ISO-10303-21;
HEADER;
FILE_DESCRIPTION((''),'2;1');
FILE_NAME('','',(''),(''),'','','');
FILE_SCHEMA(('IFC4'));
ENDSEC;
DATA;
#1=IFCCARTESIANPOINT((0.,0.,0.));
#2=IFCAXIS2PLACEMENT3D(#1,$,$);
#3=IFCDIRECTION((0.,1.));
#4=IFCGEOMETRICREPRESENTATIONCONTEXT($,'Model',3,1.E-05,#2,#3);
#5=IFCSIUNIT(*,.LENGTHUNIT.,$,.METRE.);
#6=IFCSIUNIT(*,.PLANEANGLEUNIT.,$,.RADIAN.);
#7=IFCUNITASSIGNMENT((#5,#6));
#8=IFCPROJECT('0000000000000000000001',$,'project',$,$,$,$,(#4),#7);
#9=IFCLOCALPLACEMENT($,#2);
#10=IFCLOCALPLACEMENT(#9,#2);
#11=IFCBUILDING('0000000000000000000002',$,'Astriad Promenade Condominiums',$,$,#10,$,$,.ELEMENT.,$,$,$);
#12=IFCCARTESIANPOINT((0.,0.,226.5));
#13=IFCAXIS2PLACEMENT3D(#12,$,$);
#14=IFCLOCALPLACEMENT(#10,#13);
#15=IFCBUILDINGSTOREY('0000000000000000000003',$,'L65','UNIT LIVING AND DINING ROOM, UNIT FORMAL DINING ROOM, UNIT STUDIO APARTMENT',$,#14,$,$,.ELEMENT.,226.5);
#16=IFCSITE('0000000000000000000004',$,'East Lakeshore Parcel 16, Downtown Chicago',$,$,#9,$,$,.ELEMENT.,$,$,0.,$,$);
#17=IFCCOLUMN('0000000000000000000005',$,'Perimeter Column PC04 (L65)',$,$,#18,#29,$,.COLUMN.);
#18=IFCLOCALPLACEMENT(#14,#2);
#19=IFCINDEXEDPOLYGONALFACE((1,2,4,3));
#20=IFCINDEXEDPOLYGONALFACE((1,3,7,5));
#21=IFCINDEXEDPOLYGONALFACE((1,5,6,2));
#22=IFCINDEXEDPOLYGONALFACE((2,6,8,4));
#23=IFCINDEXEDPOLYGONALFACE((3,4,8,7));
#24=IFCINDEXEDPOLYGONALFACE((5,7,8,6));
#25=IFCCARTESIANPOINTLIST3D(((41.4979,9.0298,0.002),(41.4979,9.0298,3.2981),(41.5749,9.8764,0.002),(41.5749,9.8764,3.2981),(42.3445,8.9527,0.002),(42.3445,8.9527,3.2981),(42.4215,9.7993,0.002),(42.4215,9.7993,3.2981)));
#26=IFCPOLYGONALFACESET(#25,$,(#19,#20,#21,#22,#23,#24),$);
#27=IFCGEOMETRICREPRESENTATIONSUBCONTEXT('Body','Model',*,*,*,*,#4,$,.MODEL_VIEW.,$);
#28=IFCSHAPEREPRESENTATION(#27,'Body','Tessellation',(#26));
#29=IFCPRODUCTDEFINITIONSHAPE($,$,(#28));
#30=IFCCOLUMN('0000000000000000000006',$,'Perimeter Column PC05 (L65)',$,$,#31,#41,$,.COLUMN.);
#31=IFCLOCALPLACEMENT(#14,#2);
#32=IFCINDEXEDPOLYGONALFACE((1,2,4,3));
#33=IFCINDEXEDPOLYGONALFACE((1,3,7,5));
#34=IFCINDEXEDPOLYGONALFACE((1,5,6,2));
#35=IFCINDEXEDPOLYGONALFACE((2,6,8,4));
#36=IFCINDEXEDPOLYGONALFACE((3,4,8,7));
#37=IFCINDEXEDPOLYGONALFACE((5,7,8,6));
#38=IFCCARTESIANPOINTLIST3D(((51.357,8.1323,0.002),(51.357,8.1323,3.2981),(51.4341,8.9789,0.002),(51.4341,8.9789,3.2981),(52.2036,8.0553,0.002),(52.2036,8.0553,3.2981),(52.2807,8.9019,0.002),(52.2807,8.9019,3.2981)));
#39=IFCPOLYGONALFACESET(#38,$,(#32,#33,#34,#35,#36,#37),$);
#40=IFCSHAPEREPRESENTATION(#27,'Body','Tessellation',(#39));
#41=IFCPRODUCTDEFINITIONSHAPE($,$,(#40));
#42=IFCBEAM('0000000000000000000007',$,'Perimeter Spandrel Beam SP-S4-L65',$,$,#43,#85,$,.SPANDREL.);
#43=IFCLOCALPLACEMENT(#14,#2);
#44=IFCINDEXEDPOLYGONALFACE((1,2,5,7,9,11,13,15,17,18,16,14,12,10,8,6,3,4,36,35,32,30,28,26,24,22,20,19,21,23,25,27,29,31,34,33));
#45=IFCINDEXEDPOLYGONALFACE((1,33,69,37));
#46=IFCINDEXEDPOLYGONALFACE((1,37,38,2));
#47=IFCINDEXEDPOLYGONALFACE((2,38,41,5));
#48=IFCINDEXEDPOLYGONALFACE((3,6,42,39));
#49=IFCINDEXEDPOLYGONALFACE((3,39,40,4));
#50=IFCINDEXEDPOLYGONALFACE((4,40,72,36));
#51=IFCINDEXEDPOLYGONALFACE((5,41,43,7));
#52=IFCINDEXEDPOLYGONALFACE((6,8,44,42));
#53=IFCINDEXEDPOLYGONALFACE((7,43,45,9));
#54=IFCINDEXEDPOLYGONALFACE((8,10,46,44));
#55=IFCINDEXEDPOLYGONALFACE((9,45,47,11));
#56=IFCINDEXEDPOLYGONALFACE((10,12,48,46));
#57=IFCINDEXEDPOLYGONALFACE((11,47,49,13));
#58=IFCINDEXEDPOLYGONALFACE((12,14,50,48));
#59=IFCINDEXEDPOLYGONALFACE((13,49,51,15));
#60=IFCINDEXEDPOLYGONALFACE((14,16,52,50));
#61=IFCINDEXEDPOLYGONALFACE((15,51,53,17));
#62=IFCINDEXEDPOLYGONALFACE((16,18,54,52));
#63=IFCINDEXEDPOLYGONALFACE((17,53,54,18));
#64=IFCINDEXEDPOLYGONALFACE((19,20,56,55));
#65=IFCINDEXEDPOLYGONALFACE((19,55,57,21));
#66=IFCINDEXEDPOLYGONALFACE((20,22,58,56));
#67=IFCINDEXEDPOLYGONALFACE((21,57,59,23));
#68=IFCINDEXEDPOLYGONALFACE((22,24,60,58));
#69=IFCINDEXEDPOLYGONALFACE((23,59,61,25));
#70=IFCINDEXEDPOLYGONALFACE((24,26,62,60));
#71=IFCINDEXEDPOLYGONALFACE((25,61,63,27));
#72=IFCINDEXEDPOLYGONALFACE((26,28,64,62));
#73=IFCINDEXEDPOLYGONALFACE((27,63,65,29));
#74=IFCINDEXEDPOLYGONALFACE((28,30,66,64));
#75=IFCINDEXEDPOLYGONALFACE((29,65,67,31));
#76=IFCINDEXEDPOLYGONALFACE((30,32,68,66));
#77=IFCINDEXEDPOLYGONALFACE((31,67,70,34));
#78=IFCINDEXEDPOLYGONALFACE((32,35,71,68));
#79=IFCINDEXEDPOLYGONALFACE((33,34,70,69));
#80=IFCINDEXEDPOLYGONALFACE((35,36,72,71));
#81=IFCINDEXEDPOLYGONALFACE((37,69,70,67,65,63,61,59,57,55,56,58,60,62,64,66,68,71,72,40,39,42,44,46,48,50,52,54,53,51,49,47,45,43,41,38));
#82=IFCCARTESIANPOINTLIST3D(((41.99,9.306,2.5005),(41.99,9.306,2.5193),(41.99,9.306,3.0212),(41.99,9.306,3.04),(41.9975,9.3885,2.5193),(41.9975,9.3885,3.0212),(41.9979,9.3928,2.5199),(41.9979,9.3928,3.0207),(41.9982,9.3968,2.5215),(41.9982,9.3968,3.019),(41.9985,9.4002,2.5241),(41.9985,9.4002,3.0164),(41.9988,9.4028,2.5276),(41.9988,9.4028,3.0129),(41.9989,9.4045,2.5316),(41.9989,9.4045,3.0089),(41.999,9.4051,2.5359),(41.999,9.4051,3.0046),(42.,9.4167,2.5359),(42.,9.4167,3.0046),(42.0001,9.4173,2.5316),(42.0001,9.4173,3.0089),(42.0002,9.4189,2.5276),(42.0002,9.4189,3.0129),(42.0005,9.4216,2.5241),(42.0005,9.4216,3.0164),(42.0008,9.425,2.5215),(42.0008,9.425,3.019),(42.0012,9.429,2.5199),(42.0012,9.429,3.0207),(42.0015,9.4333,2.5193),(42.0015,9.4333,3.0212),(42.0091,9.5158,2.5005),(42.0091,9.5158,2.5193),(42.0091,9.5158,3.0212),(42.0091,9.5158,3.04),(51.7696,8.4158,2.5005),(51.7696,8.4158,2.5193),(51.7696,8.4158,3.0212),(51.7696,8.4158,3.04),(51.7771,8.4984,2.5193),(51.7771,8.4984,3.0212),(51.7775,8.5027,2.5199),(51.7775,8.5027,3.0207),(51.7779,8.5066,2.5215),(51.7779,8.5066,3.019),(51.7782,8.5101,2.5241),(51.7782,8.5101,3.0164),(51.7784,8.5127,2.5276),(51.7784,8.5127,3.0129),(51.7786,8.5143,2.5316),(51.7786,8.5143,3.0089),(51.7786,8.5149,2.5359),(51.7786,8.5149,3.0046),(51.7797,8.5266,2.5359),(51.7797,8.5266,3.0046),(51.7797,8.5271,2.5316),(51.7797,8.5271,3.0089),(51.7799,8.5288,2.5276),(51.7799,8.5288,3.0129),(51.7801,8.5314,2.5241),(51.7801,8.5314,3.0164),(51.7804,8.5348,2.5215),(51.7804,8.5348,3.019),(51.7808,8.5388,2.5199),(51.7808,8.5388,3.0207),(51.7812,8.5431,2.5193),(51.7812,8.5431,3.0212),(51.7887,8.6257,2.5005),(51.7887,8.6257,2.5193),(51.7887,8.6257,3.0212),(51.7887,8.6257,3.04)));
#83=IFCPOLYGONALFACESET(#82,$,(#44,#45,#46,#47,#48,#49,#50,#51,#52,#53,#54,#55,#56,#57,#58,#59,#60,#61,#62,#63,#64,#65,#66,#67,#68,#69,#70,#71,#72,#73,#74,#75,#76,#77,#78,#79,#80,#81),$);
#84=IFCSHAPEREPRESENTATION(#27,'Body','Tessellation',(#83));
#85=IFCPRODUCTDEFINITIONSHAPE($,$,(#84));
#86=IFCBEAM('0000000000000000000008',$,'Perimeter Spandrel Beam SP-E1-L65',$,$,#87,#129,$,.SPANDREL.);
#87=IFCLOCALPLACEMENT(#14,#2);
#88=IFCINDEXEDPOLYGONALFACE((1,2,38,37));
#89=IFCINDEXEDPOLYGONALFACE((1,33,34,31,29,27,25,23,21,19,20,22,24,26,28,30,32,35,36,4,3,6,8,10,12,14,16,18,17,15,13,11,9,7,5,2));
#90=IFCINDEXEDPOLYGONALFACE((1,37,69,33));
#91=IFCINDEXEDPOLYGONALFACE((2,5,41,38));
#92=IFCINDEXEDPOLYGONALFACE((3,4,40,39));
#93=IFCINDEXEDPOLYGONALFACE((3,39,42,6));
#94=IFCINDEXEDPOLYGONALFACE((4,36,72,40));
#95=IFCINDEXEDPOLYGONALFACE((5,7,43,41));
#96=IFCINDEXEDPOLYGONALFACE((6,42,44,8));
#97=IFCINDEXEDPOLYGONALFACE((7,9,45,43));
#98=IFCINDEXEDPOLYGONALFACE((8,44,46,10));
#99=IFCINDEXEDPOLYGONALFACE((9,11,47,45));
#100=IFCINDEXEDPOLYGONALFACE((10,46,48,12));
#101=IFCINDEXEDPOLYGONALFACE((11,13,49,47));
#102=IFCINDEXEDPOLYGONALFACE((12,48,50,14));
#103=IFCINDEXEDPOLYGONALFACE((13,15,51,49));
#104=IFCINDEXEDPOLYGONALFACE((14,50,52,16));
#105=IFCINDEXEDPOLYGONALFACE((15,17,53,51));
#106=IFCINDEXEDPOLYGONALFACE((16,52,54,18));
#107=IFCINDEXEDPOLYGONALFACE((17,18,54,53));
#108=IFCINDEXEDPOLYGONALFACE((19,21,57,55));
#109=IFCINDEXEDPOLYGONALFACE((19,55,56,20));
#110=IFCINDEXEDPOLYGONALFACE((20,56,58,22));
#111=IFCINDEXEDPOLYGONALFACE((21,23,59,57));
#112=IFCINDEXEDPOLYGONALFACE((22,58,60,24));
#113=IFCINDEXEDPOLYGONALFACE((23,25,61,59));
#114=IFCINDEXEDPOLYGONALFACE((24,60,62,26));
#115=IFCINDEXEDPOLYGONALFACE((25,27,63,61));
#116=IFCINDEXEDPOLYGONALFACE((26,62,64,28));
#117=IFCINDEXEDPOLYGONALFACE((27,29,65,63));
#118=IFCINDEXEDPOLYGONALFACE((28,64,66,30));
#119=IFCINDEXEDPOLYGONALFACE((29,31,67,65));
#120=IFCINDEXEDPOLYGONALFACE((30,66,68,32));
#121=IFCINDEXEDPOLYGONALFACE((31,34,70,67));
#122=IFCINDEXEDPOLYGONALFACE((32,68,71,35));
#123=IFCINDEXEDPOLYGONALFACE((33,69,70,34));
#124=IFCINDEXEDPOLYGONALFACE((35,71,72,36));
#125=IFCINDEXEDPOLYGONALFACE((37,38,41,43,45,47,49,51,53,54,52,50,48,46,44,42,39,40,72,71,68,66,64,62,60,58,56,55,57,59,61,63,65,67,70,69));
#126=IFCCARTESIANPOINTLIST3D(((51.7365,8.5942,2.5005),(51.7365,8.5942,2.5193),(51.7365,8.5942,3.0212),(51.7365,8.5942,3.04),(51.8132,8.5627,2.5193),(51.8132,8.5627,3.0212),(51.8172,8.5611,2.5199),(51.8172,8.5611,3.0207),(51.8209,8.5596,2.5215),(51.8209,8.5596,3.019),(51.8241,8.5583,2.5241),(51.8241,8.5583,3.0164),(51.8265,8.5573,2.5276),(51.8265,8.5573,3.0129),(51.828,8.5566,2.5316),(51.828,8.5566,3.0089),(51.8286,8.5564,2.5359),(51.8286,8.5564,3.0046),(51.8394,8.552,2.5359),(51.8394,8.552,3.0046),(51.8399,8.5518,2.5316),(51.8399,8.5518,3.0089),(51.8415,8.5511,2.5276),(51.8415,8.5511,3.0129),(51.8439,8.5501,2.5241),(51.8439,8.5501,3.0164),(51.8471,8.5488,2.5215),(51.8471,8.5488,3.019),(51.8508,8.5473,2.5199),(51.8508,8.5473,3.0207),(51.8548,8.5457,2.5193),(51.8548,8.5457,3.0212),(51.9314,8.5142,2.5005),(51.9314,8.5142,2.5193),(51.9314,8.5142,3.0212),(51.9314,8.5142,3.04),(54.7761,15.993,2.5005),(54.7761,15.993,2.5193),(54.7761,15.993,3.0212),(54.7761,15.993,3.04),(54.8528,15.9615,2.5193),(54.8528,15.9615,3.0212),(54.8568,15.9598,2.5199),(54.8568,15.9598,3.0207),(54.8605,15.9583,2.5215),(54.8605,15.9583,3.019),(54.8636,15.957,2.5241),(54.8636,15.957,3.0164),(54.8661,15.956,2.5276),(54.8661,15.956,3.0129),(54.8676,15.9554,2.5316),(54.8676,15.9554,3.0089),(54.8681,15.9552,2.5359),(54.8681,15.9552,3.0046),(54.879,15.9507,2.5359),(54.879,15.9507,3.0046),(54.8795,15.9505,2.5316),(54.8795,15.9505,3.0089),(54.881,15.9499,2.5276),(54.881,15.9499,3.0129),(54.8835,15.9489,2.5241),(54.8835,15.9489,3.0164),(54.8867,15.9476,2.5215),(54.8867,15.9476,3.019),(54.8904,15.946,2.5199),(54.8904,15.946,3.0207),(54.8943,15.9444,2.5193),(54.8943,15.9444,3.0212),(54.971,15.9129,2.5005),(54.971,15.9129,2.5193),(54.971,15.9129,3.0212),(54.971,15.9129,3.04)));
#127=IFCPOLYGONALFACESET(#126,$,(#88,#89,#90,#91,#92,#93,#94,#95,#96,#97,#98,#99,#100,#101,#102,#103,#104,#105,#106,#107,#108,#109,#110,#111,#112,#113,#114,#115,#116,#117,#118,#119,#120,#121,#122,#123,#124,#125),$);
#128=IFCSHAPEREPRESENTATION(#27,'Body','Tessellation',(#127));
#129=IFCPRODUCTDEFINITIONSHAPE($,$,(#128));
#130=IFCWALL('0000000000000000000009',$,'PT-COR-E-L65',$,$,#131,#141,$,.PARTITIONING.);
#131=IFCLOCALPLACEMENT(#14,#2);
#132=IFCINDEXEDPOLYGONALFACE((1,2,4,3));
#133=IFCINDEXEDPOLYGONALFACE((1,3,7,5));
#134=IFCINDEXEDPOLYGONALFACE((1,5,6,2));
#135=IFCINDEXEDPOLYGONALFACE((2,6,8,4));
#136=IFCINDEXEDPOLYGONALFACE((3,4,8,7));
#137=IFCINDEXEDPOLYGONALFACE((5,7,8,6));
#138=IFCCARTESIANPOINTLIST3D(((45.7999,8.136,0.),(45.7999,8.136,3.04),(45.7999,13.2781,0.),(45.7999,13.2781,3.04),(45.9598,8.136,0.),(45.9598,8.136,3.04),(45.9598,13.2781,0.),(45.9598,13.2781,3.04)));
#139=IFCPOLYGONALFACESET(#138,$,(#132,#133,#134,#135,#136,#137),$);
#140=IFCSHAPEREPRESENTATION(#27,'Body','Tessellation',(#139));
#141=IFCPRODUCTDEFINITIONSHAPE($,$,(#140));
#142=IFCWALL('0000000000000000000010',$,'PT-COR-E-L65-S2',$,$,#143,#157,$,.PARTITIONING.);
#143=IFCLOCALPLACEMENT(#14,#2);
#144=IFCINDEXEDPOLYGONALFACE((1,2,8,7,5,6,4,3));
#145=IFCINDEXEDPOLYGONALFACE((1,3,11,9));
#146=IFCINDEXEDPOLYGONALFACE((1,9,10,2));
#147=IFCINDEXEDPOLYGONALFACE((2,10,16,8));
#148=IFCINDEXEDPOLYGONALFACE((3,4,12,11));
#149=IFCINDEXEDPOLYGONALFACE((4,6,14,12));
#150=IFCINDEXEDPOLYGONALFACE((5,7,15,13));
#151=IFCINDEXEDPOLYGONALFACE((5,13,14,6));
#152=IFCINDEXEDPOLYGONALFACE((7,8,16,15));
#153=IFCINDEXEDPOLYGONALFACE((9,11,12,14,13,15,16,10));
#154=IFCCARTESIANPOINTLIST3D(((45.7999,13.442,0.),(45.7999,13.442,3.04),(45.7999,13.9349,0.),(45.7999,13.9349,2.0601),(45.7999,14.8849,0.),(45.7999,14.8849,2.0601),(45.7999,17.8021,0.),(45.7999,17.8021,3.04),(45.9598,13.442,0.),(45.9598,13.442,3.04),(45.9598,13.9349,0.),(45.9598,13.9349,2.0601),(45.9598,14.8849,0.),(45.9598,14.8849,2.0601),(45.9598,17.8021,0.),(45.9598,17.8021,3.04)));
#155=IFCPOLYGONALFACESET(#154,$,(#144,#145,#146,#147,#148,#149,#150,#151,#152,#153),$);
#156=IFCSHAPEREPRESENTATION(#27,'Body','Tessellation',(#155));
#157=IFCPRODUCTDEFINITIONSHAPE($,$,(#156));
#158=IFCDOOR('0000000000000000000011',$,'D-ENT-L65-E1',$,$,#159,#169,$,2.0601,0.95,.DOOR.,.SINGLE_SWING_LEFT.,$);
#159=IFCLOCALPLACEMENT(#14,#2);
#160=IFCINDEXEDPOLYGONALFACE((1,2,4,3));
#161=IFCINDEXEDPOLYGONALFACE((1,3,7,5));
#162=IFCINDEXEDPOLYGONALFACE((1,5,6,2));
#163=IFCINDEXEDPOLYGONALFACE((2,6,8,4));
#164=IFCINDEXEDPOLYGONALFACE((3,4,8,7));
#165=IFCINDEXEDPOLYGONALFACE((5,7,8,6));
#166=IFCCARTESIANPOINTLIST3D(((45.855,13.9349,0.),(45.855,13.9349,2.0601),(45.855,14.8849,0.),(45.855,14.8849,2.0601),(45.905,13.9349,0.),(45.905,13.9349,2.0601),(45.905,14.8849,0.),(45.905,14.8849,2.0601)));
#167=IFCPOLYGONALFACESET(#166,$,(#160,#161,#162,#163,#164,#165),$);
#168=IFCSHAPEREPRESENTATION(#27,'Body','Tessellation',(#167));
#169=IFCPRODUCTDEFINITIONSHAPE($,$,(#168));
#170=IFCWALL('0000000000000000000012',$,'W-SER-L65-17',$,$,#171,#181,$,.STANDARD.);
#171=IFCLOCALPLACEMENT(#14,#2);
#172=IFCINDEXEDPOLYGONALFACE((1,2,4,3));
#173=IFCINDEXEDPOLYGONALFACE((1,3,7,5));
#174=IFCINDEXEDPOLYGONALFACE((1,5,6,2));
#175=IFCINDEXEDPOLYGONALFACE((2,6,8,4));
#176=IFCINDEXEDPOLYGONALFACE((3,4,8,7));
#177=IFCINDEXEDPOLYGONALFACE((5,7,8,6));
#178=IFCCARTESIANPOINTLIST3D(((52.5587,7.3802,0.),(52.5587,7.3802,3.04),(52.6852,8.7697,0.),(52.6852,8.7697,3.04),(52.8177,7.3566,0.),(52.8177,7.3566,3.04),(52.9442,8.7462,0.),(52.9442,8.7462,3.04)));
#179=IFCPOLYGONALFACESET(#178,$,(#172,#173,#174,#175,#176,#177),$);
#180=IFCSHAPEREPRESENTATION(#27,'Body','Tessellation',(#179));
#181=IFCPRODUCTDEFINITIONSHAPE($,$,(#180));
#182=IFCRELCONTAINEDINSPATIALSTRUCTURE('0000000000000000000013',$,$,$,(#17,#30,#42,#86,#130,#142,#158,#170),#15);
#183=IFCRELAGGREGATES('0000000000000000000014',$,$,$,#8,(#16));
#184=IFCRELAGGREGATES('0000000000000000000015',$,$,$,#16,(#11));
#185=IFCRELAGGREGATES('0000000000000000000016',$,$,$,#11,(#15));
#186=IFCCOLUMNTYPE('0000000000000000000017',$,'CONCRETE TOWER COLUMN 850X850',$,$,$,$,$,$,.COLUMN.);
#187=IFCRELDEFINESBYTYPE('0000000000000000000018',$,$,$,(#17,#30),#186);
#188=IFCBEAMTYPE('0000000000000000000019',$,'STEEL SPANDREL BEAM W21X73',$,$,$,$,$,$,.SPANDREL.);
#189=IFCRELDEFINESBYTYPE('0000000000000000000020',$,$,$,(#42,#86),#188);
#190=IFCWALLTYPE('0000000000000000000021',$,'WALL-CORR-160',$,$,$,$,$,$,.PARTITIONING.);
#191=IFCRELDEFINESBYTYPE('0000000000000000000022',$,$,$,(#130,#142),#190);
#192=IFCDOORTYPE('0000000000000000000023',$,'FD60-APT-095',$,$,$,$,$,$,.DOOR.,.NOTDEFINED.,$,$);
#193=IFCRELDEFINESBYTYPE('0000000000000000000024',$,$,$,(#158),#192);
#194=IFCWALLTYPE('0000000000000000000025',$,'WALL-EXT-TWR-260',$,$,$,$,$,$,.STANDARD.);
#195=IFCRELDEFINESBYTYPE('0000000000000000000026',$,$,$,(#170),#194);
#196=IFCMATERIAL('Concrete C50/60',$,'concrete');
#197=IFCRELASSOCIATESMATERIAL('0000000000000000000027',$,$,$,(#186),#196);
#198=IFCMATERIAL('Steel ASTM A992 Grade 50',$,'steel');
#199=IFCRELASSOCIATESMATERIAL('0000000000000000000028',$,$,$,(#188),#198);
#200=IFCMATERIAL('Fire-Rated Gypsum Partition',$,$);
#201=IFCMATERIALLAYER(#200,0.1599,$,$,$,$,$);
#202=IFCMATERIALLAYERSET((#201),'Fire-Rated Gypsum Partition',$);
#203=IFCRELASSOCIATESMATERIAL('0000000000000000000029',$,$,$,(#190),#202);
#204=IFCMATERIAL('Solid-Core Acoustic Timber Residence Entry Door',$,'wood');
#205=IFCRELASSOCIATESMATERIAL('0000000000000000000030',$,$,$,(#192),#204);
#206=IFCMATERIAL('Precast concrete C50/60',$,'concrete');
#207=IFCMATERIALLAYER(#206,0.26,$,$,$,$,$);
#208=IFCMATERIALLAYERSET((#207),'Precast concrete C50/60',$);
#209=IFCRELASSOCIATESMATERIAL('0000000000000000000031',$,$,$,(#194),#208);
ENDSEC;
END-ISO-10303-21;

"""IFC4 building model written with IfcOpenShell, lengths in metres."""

from ifc_helpers import new_model, si_unit, direction, frame, frame_2d, origin, origin_2d, place, context, subcontext, project, spatial, rectangle, i_section, extrude, source, transform, mapped, material, layer, layer_set, material_profile, profile_set, type_object, type_shapes, element, fill, save


model = new_model("IFC4")

# Units and contexts
model_context = context("Model", 3, precision=1e-05, world=origin(), true_north=direction((0.0, 1.0)))
body_context = subcontext(model_context, "Body", "Model", "MODEL_VIEW")
ifc_project = project(units=[si_unit("LENGTHUNIT", "METRE"), si_unit("PLANEANGLEUNIT", "RADIAN")], contexts=[model_context])

# Site, building, storey
site_placement = place(None, origin())
site = spatial("IfcSite", under=ifc_project, at=site_placement, Name="East Lakeshore Parcel 16, Downtown Chicago", CompositionType="ELEMENT", RefElevation=0.0)
building_placement = place(site_placement, origin())
building = spatial("IfcBuilding", under=site, at=building_placement, Name="Astriad Promenade Condominiums", CompositionType="ELEMENT")
storey_placement = place(building_placement, frame((0.0, 0.0, 226.5)))
storey = spatial("IfcBuildingStorey", under=building, at=storey_placement, Name="L65", Description="UNIT LIVING AND DINING ROOM, UNIT FORMAL DINING ROOM, UNIT STUDIO APARTMENT", CompositionType="ELEMENT", Elevation=226.5)

# Columns
ifc_material_1 = material(Name="Concrete C50/60", Category="concrete")
ifc_material_profile_1 = material_profile(ifc_material_1, rectangle(XDim=0.8501, YDim=0.8501, at=origin_2d()), Name="RC-COL-850X850")
ifc_profile_set_1 = profile_set([ifc_material_profile_1], Name="Concrete C50/60")
column_type = type_object("IfcColumnType", Name="CONCRETE TOWER COLUMN 850X850", PredefinedType="COLUMN", material=ifc_profile_set_1)
shared_shape_1 = source(origin(), body_context, "Body", "SweptSolid", [
    extrude(rectangle(XDim=0.8501, YDim=0.8501, at=origin_2d()), origin(), (0.0, 0.0, 1.0), 3.2961),
])
type_shapes(column_type, [shared_shape_1])
for number, where, z_axis, x_axis, name in (
    (1, (41.9597, 9.4146, 0.002), (0.0, 0.0, 1.0), (0.995884, -0.090633, 0.0), "Perimeter Column PC04 (L65)"),
    (2, (51.8188, 8.5171, 0.002), (0.0, 0.0, 1.0), (0.995884, -0.090633, 0.0), "Perimeter Column PC05 (L65)"),
):
    element("IfcColumn", number, at=place(storey_placement, frame(where, z_axis=z_axis, x_axis=x_axis)), inside=storey, type_object=column_type, Name=name, PredefinedType="COLUMN", context=body_context, shape_type="MappedRepresentation", body=[
        mapped(shared_shape_1, transform((0.0, 0.0, 0.0), scale=1.0)),
    ])

# Beams
ifc_material_2 = material(Name="Steel ASTM A992 Grade 50", Category="steel")
ifc_material_profile_2 = material_profile(ifc_material_2, i_section(OverallWidth=0.2107, OverallDepth=0.5396, WebThickness=0.0117, FlangeThickness=0.0188, FilletRadius=0.0166, at=origin_2d()), Name="W21X73")
ifc_profile_set_2 = profile_set([ifc_material_profile_2], Name="Steel ASTM A992 Grade 50")
beam_type = type_object("IfcBeamType", Name="STEEL SPANDREL BEAM W21X73", PredefinedType="SPANDREL", material=ifc_profile_set_2)
shared_shape_2 = source(origin(), body_context, "Body", "SweptSolid", [
    extrude(i_section(OverallWidth=0.2107, OverallDepth=0.5396, WebThickness=0.0117, FlangeThickness=0.0188, FilletRadius=0.0166, at=origin_2d()), origin(), (0.0, 0.0, 1.0), 9.8201),
])
beam_1_placement = place(storey_placement, frame((41.9995, 9.4109, 2.7703), z_axis=(0.995883, -0.090646, 0.0), x_axis=(0.090646, 0.995883, 0.0)))
element("IfcBeam", 3, at=beam_1_placement, inside=storey, type_object=beam_type, Name="Perimeter Spandrel Beam SP-S4-L65", PredefinedType="SPANDREL", context=body_context, shape_type="MappedRepresentation", body=[
    mapped(shared_shape_2, transform((0.0, 0.0, 0.0), scale=1.0)),
])
shared_shape_3 = source(origin(), body_context, "Body", "SweptSolid", [
    extrude(i_section(OverallWidth=0.2107, OverallDepth=0.5396, WebThickness=0.0117, FlangeThickness=0.0188, FilletRadius=0.0166, at=origin_2d()), origin(), (0.0, 0.0, 1.0), 7.9988),
])
type_shapes(beam_type, [shared_shape_2, shared_shape_3])
beam_2_placement = place(storey_placement, frame((51.834, 8.5542, 2.7703), z_axis=(0.380005, 0.924984, 0.0), x_axis=(-0.924984, 0.380005, 0.0)))
element("IfcBeam", 4, at=beam_2_placement, inside=storey, type_object=beam_type, Name="Perimeter Spandrel Beam SP-E1-L65", PredefinedType="SPANDREL", context=body_context, shape_type="MappedRepresentation", body=[
    mapped(shared_shape_3, transform((0.0, 0.0, 0.0), scale=1.0)),
])

# Wall
ifc_material_3 = material(Name="Fire-Rated Gypsum Partition")
ifc_layer_1 = layer(ifc_material_3, 0.1599)
ifc_layer_set_1 = layer_set([ifc_layer_1], Name="Fire-Rated Gypsum Partition")
wall_type_1 = type_object("IfcWallType", Name="WALL-CORR-160", PredefinedType="PARTITIONING", material=ifc_layer_set_1)
wall_1_placement = place(storey_placement, frame((45.8799, 8.136, 0.0), z_axis=(0.0, 0.0, 1.0), x_axis=(0.0, 1.0, 0.0)))
element("IfcWall", 5, at=wall_1_placement, inside=storey, type_object=wall_type_1, Name="PT-COR-E-L65", PredefinedType="PARTITIONING", context=body_context, shape_type="SweptSolid", body=[
    extrude(rectangle(XDim=5.1421, YDim=0.1599, at=frame_2d((2.571, 0.0))), origin(), (0.0, 0.0, 1.0), 3.04),
])

# Wall, opening, door
wall_2_placement = place(storey_placement, frame((45.8799, 13.4419, 0.0), z_axis=(0.0, 0.0, 1.0), x_axis=(0.0, 1.0, 0.0)))
wall_2 = element("IfcWall", 6, at=wall_2_placement, inside=storey, type_object=wall_type_1, Name="PT-COR-E-L65-S2", PredefinedType="PARTITIONING", context=body_context, shape_type="SweptSolid", body=[
    extrude(rectangle(XDim=4.3601, YDim=0.1599, at=frame_2d((2.1802, 0.0))), origin(), (0.0, 0.0, 1.0), 3.04),
])
opening_1_placement = place(wall_2_placement, frame((0.4929, 0.0, 0.0)))
opening_1 = element("IfcOpeningElement", 7, at=opening_1_placement, cuts=wall_2, PredefinedType="OPENING", context=body_context, shape_type="SweptSolid", body=[
    extrude(rectangle(XDim=0.95, YDim=2.0601, at=frame_2d((0.4751, 1.03))), frame((0.0, 0.0898, 0.0), z_axis=(0.0, -1.0, 0.0), x_axis=(1.0, 0.0, 0.0)), (0.0, 0.0, 1.0), 0.1799),
])
ifc_material_4 = material(Name="Solid-Core Acoustic Timber Residence Entry Door", Category="wood")
door_type_1 = type_object("IfcDoorType", Name="FD60-APT-095", OperationType="NOTDEFINED", PredefinedType="DOOR", material=ifc_material_4)
shared_shape_4 = source(origin(), body_context, "Body", "SweptSolid", [
    extrude(rectangle(XDim=0.95, YDim=2.0601, at=frame_2d((0.4751, 1.03))), frame((0.0, 0.0249, 0.0), z_axis=(0.0, -1.0, 0.0), x_axis=(1.0, 0.0, 0.0)), (0.0, 0.0, 1.0), 0.05),
])
type_shapes(door_type_1, [shared_shape_4])
door_1_placement = place(opening_1_placement, origin())
door_1 = element("IfcDoor", 8, at=door_1_placement, inside=storey, type_object=door_type_1, Name="D-ENT-L65-E1", OperationType="SINGLE_SWING_LEFT", OverallHeight=2.0601, OverallWidth=0.95, PredefinedType="DOOR", context=body_context, shape_type="MappedRepresentation", body=[
    mapped(shared_shape_4, transform((0.0, 0.0, 0.0), scale=1.0)),
])
fill(opening_1, door_1)

# Wall
ifc_material_5 = material(Name="Precast concrete C50/60", Category="concrete")
ifc_layer_2 = layer(ifc_material_5, 0.26)
ifc_layer_set_2 = layer_set([ifc_layer_2], Name="Precast concrete C50/60")
wall_type_2 = type_object("IfcWallType", Name="WALL-EXT-TWR-260", PredefinedType="STANDARD", material=ifc_layer_set_2)
wall_3_placement = place(storey_placement, frame((52.8147, 8.7581, 0.0), z_axis=(0.0, 0.0, 1.0), x_axis=(-0.090646, -0.995883, 0.0)))
element("IfcWall", 9, at=wall_3_placement, inside=storey, type_object=wall_type_2, Name="W-SER-L65-17", PredefinedType="STANDARD", context=body_context, shape_type="SweptSolid", body=[
    extrude(rectangle(XDim=1.3953, YDim=0.26, at=frame_2d((0.6978, 0.0))), origin(), (0.0, 0.0, 1.0), 3.04),
])

save(model, "model.ifc")
